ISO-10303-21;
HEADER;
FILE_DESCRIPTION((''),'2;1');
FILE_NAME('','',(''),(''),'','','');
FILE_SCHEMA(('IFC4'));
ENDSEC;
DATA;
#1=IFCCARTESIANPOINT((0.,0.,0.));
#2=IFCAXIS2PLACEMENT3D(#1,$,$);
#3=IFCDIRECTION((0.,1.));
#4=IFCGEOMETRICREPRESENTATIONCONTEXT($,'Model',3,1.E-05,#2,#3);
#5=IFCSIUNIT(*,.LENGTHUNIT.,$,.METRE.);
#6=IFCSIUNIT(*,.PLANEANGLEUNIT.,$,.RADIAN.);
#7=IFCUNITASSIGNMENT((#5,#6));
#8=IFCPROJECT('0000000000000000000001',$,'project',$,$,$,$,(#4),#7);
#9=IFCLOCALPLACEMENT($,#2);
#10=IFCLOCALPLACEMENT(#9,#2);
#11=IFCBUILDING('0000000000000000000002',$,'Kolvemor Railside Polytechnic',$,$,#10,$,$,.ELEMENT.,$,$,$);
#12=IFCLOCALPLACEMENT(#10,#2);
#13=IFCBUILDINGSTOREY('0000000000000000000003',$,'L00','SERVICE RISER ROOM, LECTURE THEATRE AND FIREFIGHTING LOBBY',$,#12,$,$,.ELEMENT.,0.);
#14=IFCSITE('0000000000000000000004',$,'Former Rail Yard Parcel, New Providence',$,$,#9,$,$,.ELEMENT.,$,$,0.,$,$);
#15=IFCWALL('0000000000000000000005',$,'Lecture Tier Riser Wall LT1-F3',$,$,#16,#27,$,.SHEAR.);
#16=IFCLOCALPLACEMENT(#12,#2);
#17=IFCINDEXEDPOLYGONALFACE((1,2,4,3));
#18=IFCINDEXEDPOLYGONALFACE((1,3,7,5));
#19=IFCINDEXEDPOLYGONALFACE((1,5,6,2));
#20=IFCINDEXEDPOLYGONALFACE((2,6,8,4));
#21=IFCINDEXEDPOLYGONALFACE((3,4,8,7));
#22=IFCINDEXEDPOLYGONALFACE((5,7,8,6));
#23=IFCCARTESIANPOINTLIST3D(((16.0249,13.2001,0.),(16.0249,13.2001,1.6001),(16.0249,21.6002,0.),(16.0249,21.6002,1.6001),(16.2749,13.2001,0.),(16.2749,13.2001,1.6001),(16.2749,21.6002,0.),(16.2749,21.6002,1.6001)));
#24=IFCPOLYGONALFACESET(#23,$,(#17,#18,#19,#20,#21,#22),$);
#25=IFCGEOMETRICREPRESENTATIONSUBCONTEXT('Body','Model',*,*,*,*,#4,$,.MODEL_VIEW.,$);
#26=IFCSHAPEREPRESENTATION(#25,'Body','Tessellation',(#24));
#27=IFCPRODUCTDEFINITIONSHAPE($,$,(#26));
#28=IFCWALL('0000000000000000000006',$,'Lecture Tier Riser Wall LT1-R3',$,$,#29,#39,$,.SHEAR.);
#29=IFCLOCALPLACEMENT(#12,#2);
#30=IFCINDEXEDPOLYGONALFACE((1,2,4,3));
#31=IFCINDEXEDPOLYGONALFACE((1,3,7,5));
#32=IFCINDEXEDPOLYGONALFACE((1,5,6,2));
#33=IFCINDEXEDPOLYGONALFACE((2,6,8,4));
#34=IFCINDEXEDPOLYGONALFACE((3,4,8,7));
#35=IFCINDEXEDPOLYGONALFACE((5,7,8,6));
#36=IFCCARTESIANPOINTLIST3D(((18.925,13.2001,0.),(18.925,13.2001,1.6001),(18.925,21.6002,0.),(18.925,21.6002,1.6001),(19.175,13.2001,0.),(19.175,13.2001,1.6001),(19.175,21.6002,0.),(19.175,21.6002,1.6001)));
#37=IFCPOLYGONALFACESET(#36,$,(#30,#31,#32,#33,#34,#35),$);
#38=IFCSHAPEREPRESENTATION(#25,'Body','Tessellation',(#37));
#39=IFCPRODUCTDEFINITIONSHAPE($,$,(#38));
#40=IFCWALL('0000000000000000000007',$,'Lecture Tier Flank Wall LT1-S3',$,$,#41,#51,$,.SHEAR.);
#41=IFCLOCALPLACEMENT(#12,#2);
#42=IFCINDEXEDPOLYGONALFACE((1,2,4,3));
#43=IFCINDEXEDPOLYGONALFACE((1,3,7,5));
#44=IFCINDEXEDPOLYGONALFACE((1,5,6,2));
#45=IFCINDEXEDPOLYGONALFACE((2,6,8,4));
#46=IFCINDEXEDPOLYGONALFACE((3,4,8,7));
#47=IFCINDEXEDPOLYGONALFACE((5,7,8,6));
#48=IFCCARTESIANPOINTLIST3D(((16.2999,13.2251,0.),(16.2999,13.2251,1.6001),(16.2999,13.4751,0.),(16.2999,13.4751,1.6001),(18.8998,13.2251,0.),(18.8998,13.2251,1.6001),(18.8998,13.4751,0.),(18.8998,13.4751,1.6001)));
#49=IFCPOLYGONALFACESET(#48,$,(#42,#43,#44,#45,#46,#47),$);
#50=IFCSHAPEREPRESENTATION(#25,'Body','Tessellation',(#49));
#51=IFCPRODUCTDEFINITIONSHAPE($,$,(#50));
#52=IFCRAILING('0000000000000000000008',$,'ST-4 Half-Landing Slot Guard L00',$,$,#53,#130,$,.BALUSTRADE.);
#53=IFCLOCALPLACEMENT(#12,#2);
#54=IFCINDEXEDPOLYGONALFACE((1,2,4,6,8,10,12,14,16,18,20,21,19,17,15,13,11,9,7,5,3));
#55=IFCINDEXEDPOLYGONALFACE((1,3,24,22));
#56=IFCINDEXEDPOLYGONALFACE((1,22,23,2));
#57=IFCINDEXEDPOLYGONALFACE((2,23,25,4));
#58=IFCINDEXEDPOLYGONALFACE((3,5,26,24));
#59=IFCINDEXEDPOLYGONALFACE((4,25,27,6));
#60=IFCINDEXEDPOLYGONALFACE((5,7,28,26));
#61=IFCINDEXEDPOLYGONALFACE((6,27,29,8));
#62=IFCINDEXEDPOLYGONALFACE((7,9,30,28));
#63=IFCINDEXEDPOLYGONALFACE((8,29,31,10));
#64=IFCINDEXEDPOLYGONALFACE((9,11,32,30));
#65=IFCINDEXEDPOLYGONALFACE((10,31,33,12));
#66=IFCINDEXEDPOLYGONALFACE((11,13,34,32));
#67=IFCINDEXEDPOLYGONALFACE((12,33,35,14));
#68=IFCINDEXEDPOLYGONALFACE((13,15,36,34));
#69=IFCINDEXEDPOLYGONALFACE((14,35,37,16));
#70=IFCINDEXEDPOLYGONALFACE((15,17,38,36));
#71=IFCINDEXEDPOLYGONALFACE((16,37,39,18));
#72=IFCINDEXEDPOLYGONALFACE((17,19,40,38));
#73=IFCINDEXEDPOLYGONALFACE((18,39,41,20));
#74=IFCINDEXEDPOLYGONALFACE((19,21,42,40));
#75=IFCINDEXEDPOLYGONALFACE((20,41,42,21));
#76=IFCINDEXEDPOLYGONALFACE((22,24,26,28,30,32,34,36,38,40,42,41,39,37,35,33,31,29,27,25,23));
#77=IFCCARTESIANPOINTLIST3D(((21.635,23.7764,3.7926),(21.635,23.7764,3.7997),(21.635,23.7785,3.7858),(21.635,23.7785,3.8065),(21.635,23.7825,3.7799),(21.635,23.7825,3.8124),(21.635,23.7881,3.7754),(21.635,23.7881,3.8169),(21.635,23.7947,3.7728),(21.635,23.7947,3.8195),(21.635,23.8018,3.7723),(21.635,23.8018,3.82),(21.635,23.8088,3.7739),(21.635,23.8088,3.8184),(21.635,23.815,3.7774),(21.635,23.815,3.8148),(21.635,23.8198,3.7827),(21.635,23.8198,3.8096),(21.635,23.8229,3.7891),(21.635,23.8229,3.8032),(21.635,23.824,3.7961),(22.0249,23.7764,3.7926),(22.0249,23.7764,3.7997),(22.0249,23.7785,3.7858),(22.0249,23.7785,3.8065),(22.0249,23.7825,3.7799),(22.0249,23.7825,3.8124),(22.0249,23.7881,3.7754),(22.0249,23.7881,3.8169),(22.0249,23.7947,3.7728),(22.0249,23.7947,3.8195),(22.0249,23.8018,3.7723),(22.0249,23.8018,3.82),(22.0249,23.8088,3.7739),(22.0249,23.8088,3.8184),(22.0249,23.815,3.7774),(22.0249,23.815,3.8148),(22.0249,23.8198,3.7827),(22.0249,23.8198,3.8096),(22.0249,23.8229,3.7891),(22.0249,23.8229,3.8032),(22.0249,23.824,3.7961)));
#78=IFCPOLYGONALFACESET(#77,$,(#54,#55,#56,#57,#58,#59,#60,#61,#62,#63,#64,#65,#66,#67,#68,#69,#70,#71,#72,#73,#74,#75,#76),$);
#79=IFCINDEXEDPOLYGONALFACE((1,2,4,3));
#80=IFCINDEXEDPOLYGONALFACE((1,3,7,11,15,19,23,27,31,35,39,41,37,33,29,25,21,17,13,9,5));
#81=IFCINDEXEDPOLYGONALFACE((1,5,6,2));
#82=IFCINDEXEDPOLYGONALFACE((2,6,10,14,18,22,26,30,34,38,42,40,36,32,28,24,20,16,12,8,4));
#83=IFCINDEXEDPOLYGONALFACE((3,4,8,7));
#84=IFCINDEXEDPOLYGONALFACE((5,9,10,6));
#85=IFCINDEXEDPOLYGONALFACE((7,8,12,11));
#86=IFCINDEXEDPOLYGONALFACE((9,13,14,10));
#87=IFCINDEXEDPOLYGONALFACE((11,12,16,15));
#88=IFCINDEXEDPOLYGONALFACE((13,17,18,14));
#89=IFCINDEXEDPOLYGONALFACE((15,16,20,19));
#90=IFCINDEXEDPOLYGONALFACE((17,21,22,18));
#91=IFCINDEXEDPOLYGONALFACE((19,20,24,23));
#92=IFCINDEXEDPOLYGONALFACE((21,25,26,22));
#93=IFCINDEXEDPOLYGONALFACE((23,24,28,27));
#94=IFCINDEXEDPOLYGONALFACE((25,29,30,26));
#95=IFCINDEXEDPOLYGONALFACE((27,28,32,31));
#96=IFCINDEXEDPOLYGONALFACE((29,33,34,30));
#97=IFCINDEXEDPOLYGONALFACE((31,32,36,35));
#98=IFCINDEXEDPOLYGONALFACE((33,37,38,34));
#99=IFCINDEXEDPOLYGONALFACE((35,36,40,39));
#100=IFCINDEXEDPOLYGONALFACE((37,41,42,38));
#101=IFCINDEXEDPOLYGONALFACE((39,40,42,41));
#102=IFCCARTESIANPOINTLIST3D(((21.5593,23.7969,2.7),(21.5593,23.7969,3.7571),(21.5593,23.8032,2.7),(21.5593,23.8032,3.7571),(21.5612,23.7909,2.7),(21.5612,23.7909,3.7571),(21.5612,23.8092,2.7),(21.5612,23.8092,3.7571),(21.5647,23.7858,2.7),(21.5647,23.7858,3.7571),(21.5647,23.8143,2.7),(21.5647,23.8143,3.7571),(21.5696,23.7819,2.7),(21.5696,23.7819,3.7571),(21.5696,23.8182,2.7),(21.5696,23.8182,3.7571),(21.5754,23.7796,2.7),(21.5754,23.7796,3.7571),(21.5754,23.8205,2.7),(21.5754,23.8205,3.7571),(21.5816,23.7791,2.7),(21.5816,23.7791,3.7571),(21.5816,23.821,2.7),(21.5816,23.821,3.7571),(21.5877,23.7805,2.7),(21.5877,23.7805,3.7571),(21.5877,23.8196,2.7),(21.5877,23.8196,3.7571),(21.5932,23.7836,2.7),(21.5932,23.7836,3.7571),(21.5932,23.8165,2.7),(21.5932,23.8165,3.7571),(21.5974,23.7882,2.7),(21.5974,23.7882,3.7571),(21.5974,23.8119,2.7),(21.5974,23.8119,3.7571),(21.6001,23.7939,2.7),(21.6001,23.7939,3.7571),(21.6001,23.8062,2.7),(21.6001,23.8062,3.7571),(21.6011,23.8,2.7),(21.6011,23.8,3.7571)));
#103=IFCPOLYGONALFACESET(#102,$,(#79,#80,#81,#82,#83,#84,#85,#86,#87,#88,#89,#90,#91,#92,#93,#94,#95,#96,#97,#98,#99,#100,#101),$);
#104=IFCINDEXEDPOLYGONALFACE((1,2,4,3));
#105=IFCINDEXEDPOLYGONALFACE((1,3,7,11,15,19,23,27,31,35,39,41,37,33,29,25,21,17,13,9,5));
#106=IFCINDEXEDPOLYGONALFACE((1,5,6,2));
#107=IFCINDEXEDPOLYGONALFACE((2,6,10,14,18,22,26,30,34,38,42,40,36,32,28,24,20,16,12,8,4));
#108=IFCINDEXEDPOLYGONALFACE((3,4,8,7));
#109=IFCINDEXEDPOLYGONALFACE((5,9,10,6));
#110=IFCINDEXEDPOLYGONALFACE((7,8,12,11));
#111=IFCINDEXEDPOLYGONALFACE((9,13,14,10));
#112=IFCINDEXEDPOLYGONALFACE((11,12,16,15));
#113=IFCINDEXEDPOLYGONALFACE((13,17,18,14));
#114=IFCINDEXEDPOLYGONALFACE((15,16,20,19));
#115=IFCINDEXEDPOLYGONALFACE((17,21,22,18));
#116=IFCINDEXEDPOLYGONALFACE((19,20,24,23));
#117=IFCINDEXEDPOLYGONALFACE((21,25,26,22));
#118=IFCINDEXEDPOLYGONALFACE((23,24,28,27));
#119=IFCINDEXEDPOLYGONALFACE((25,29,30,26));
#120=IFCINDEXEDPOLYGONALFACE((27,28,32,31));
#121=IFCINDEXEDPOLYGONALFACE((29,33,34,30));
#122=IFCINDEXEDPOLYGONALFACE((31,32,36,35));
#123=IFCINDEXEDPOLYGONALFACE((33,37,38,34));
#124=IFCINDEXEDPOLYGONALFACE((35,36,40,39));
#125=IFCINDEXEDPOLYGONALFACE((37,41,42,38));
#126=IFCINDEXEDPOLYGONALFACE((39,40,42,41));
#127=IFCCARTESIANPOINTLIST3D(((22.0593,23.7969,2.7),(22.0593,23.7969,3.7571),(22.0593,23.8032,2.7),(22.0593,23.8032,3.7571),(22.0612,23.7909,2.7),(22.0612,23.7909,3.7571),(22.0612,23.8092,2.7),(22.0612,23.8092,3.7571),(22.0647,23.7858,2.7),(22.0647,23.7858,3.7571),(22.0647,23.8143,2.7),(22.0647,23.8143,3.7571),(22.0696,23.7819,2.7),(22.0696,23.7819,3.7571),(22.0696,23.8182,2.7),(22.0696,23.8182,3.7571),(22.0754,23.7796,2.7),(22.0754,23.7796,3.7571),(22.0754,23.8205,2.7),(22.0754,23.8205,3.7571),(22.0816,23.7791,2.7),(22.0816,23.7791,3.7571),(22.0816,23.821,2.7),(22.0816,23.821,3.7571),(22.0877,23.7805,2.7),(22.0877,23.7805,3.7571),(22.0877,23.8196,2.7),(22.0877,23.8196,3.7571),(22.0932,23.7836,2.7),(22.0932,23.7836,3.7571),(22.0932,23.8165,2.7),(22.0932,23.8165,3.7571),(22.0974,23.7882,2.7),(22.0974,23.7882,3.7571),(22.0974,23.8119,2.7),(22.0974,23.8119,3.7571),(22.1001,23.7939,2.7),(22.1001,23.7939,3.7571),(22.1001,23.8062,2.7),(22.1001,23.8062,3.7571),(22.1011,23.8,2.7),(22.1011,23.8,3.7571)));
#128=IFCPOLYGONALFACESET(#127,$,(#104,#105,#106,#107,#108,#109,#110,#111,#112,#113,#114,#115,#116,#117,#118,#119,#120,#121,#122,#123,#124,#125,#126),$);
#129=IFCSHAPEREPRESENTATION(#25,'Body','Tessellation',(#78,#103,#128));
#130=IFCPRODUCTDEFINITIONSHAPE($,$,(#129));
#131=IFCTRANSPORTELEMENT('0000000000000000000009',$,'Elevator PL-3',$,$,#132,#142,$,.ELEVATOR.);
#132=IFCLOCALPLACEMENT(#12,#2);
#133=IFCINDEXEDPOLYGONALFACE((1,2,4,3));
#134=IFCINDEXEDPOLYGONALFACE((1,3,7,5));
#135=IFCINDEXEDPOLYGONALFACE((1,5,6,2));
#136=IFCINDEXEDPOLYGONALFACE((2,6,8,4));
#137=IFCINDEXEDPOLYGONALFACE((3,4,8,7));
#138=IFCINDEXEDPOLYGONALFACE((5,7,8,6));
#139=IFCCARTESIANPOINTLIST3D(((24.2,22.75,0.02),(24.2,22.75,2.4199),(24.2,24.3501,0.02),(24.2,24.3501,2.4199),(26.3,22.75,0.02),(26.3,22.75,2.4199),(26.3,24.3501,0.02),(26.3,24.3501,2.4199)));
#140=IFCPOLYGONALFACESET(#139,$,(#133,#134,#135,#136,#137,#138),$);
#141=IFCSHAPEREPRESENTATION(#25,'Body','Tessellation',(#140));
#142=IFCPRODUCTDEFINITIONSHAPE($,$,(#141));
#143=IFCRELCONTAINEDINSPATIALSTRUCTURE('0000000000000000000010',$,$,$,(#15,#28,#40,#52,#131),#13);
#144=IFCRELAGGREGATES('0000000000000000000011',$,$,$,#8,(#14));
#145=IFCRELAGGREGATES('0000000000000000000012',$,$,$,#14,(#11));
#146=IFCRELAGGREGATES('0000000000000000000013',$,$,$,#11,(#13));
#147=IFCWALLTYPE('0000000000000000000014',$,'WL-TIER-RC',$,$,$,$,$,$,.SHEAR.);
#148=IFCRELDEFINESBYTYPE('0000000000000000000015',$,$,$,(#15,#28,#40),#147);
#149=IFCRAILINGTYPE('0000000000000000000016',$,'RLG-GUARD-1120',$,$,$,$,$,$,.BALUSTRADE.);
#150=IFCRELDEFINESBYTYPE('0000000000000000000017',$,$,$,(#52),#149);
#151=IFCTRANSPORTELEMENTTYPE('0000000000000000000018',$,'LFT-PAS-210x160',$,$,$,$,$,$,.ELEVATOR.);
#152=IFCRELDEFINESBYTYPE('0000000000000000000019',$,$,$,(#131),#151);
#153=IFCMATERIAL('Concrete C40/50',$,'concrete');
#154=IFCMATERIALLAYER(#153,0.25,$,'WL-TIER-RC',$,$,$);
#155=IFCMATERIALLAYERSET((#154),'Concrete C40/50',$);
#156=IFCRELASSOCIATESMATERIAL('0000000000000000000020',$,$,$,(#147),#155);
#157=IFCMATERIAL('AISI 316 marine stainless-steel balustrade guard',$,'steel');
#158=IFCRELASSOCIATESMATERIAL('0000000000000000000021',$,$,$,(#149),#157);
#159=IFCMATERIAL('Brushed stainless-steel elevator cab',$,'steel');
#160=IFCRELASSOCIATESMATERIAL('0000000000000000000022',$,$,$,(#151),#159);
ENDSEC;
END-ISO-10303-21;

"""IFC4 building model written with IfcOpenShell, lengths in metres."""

from ifc_helpers import new_model, si_unit, direction, frame, frame_2d, origin, origin_2d, place, context, subcontext, project, spatial, rectangle, circle, extrude, material, layer, layer_set, type_object, element, save


model = new_model("IFC4")

# Units and contexts
model_context = context("Model", 3, precision=1e-05, world=origin(), true_north=direction((0.0, 1.0)))
body_context = subcontext(model_context, "Body", "Model", "MODEL_VIEW")
ifc_project = project(units=[si_unit("LENGTHUNIT", "METRE"), si_unit("PLANEANGLEUNIT", "RADIAN")], contexts=[model_context])

# Site, building, storey
site_placement = place(None, origin())
site = spatial("IfcSite", under=ifc_project, at=site_placement, Name="Former Rail Yard Parcel, New Providence", CompositionType="ELEMENT", RefElevation=0.0)
building_placement = place(site_placement, origin())
building = spatial("IfcBuilding", under=site, at=building_placement, Name="Kolvemor Railside Polytechnic", CompositionType="ELEMENT")
storey_placement = place(building_placement, origin())
storey = spatial("IfcBuildingStorey", under=building, at=storey_placement, Name="L00", Description="SERVICE RISER ROOM, LECTURE THEATRE AND FIREFIGHTING LOBBY", CompositionType="ELEMENT", Elevation=0.0)

# Walls
ifc_material_1 = material(Name="Concrete C40/50", Category="concrete")
ifc_layer_1 = layer(ifc_material_1, 0.25, Name="WL-TIER-RC")
ifc_layer_set_1 = layer_set([ifc_layer_1], Name="Concrete C40/50")
wall_type_1 = type_object("IfcWallType", Name="WL-TIER-RC", PredefinedType="SHEAR", material=ifc_layer_set_1)
for number, where, z_axis, x_axis, name in (
    (1, (16.1499, 13.2, 0.0), (0.0, 0.0, 1.0), (0.0, 1.0, 0.0), "Lecture Tier Riser Wall LT1-F3"),
    (2, (19.05, 13.2, 0.0), (0.0, 0.0, 1.0), (0.0, 1.0, 0.0), "Lecture Tier Riser Wall LT1-R3"),
):
    element("IfcWall", number, at=place(storey_placement, frame(where, z_axis=z_axis, x_axis=x_axis)), inside=storey, type_object=wall_type_1, Name=name, PredefinedType="SHEAR", context=body_context, shape_type="SweptSolid", body=[
        extrude(rectangle(XDim=8.4001, YDim=0.25, at=frame_2d((4.2002, 0.0))), origin(), (0.0, 0.0, 1.0), 1.6001),
    ])
wall_1_placement = place(storey_placement, frame((16.3, 13.3501, 0.0), z_axis=(0.0, 0.0, 1.0), x_axis=(1.0, 0.0, 0.0)))
element("IfcWall", 3, at=wall_1_placement, inside=storey, type_object=wall_type_1, Name="Lecture Tier Flank Wall LT1-S3", PredefinedType="SHEAR", context=body_context, shape_type="SweptSolid", body=[
    extrude(rectangle(XDim=2.5999, YDim=0.25, at=frame_2d((1.2998, 0.0))), origin(), (0.0, 0.0, 1.0), 1.6001),
])

# Railing
ifc_material_2 = material(Name="AISI 316 marine stainless-steel balustrade guard", Category="steel")
railing_type = type_object("IfcRailingType", Name="RLG-GUARD-1120", PredefinedType="BALUSTRADE", material=ifc_material_2)
railing_placement = place(storey_placement, frame((21.5801, 23.8, 2.7)))
element("IfcRailing", 4, at=railing_placement, inside=storey, type_object=railing_type, Name="ST-4 Half-Landing Slot Guard L00", PredefinedType="BALUSTRADE", context=body_context, shape_type="SweptSolid", body=[
    extrude(circle(Radius=0.0239, at=origin_2d()), frame((0.0549, 0.0, 1.0962), z_axis=(1.0, 0.0, 0.0), x_axis=(0.0, 1.0, 0.0)), (0.0, 0.0, 1.0), 0.3899),
    extrude(circle(Radius=0.021, at=origin_2d()), origin(), (0.0, 0.0, 1.0), 1.0571),
    extrude(circle(Radius=0.021, at=origin_2d()), frame((0.5, 0.0, 0.0)), (0.0, 0.0, 1.0), 1.0571),
])

# Transport element
ifc_material_3 = material(Name="Brushed stainless-steel elevator cab", Category="steel")
transport_element_type = type_object("IfcTransportElementType", Name="LFT-PAS-210x160", PredefinedType="ELEVATOR", material=ifc_material_3)
transport_element_placement = place(storey_placement, frame((25.25, 23.55, 0.02), z_axis=(0.0, 0.0, 1.0), x_axis=(1.0, 0.0, 0.0)))
element("IfcTransportElement", 5, at=transport_element_placement, inside=storey, type_object=transport_element_type, Name="Elevator PL-3", PredefinedType="ELEVATOR", context=body_context, shape_type="SweptSolid", body=[
    extrude(rectangle(XDim=2.1001, YDim=1.6001, at=origin_2d()), origin(), (0.0, 0.0, 1.0), 2.3999),
])

save(model, "model.ifc")
